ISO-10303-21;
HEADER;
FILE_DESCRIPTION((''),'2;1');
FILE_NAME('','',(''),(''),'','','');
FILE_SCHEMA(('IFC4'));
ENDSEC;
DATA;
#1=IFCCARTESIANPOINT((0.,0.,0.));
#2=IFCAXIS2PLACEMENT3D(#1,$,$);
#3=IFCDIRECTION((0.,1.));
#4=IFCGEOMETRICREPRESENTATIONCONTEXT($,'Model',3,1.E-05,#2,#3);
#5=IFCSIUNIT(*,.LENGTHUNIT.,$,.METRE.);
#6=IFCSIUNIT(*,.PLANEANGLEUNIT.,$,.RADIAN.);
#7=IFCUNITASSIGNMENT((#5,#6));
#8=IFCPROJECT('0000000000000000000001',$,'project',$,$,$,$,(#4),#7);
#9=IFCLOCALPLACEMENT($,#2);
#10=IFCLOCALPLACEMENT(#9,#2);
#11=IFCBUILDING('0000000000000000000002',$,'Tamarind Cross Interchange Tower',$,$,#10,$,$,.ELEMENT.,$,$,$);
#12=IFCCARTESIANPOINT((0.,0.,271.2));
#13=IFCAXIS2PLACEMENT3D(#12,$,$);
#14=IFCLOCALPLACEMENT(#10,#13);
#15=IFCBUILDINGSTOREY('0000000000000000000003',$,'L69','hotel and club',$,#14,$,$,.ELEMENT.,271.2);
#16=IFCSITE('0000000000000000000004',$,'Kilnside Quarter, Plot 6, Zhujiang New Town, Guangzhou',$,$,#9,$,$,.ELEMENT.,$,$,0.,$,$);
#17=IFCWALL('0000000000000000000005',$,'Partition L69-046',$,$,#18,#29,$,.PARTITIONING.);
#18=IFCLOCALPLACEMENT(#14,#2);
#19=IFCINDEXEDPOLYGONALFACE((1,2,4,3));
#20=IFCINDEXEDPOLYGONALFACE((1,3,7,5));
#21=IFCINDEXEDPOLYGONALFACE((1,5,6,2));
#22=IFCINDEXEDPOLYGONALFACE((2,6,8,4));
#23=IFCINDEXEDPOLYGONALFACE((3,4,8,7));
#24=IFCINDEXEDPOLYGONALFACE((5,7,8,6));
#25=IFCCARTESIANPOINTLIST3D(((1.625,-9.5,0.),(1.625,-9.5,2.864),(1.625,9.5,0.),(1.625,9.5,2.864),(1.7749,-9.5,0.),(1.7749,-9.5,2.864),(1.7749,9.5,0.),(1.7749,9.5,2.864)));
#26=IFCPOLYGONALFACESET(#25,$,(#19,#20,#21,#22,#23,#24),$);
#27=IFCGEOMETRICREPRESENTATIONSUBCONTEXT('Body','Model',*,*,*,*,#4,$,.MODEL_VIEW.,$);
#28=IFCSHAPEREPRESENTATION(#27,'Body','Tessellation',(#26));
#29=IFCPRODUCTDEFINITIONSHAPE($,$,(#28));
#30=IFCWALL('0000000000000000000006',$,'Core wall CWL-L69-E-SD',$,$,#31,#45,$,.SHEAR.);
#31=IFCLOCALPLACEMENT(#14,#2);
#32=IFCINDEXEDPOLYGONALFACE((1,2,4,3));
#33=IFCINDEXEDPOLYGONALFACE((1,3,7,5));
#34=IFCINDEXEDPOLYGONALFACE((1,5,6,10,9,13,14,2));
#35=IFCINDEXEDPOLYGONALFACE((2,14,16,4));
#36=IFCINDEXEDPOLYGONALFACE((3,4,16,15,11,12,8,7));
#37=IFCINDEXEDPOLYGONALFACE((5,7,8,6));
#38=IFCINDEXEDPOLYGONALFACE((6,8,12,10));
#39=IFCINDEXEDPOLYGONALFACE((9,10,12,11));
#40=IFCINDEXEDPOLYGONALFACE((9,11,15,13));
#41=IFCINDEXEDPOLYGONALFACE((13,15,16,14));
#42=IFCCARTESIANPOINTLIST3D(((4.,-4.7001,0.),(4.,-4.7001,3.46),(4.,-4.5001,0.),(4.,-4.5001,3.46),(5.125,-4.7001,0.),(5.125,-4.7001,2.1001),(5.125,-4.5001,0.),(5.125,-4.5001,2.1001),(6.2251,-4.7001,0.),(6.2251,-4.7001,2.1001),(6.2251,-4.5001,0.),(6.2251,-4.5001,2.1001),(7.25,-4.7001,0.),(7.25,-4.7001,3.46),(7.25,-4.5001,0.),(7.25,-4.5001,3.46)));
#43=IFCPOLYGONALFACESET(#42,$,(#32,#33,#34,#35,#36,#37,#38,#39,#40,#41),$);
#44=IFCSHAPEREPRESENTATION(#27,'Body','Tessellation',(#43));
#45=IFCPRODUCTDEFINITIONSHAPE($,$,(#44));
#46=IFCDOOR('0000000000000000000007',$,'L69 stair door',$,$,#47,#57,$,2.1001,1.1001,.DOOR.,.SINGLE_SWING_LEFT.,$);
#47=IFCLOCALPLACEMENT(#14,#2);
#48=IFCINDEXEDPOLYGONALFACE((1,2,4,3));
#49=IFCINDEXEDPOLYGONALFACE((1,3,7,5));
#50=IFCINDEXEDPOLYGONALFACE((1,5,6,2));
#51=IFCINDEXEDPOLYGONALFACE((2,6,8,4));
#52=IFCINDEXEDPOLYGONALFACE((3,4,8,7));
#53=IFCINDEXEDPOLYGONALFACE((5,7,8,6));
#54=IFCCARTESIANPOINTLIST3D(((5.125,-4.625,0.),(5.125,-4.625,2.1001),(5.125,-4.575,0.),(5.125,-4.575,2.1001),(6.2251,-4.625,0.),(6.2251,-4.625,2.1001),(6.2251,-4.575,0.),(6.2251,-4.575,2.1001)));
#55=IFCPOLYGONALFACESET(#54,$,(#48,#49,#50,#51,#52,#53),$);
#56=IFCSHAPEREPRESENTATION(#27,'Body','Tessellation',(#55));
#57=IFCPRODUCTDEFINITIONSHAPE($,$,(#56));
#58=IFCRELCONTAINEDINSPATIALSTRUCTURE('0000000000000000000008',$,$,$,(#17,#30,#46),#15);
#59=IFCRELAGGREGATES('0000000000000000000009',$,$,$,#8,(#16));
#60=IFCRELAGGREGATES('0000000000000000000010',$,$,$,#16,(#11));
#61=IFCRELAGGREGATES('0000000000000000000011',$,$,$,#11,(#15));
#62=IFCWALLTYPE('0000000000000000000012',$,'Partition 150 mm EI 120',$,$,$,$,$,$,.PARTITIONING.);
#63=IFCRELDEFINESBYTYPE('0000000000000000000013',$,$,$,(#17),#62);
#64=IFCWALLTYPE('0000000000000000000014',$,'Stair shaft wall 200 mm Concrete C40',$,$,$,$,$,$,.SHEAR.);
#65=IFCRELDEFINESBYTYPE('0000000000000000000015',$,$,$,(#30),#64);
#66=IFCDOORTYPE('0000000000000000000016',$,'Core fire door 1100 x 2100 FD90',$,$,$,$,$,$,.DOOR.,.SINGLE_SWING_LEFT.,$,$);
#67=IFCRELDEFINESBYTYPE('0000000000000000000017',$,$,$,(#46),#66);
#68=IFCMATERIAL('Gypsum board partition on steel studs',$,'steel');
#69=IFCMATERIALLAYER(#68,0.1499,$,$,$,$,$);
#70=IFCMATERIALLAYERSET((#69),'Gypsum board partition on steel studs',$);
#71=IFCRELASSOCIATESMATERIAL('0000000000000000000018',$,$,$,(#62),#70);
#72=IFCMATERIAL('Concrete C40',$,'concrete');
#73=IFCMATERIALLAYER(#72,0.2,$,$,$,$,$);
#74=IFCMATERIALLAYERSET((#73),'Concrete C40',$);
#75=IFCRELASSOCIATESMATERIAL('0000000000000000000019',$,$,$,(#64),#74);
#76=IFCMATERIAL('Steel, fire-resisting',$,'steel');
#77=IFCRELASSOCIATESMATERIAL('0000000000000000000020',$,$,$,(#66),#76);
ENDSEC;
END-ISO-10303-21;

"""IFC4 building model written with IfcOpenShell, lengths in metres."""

from ifc_helpers import new_model, si_unit, direction, frame, frame_2d, origin, place, context, subcontext, project, spatial, rectangle, extrude, material, layer, layer_set, type_object, element, fill, save


model = new_model("IFC4")

# Units and contexts
model_context = context("Model", 3, precision=1e-05, world=origin(), true_north=direction((0.0, 1.0)))
body_context = subcontext(model_context, "Body", "Model", "MODEL_VIEW")
ifc_project = project(units=[si_unit("LENGTHUNIT", "METRE"), si_unit("PLANEANGLEUNIT", "RADIAN")], contexts=[model_context])

# Site, building, storey
site_placement = place(None, origin())
site = spatial("IfcSite", under=ifc_project, at=site_placement, Name="Kilnside Quarter, Plot 6, Zhujiang New Town, Guangzhou", CompositionType="ELEMENT", RefElevation=0.0)
building_placement = place(site_placement, origin())
building = spatial("IfcBuilding", under=site, at=building_placement, Name="Tamarind Cross Interchange Tower", CompositionType="ELEMENT")
storey_placement = place(building_placement, frame((0.0, 0.0, 271.2)))
storey = spatial("IfcBuildingStorey", under=building, at=storey_placement, Name="L69", Description="hotel and club", CompositionType="ELEMENT", Elevation=271.2)

# Shared definitions
ifc_material_1 = material(Name="Steel, fire-resisting", Category="steel")

# Wall
ifc_material_2 = material(Name="Gypsum board partition on steel studs", Category="steel")
ifc_layer_1 = layer(ifc_material_2, 0.1499)
ifc_layer_set_1 = layer_set([ifc_layer_1], Name="Gypsum board partition on steel studs")
wall_type_1 = type_object("IfcWallType", Name="Partition 150 mm EI 120", PredefinedType="PARTITIONING", material=ifc_layer_set_1)
wall_1_placement = place(storey_placement, frame((1.7, -9.5, 0.0), z_axis=(0.0, 0.0, 1.0), x_axis=(0.0, 1.0, 0.0)))
element("IfcWall", 1, at=wall_1_placement, inside=storey, type_object=wall_type_1, Name="Partition L69-046", PredefinedType="PARTITIONING", context=body_context, shape_type="SweptSolid", body=[
    extrude(rectangle(XDim=19.0, YDim=0.1499, at=frame_2d((9.5, 0.0))), origin(), (0.0, 0.0, 1.0), 2.864),
])

# Wall, opening, door
ifc_material_3 = material(Name="Concrete C40", Category="concrete")
ifc_layer_2 = layer(ifc_material_3, 0.2)
ifc_layer_set_2 = layer_set([ifc_layer_2], Name="Concrete C40")
wall_type_2 = type_object("IfcWallType", Name="Stair shaft wall 200 mm Concrete C40", PredefinedType="SHEAR", material=ifc_layer_set_2)
wall_2_placement = place(storey_placement, frame((7.25, -4.6001, 0.0), z_axis=(0.0, 0.0, 1.0), x_axis=(-1.0, 0.0, 0.0)))
wall_2 = element("IfcWall", 2, at=wall_2_placement, inside=storey, type_object=wall_type_2, Name="Core wall CWL-L69-E-SD", PredefinedType="SHEAR", context=body_context, shape_type="SweptSolid", body=[
    extrude(rectangle(XDim=3.25, YDim=0.2, at=frame_2d((1.625, 0.0))), origin(), (0.0, 0.0, 1.0), 3.46),
])
opening_1_placement = place(wall_2_placement, frame((1.0249, 0.0, 0.0)))
opening_1 = element("IfcOpeningElement", 3, at=opening_1_placement, cuts=wall_2, PredefinedType="OPENING", context=body_context, shape_type="SweptSolid", body=[
    extrude(rectangle(XDim=1.1001, YDim=2.1001, at=frame_2d((0.55, 1.05))), frame((0.0, 0.1099, 0.0), z_axis=(0.0, -1.0, 0.0), x_axis=(1.0, 0.0, 0.0)), (0.0, 0.0, 1.0), 0.22),
])
door_type_1 = type_object("IfcDoorType", Name="Core fire door 1100 x 2100 FD90", OperationType="SINGLE_SWING_LEFT", PredefinedType="DOOR", material=ifc_material_1)
door_1_placement = place(opening_1_placement, origin())
door_1 = element("IfcDoor", 4, at=door_1_placement, inside=storey, type_object=door_type_1, Name="L69 stair door", OperationType="SINGLE_SWING_LEFT", OverallHeight=2.1001, OverallWidth=1.1001, PredefinedType="DOOR", context=body_context, shape_type="SweptSolid", body=[
    extrude(rectangle(XDim=1.1001, YDim=2.1001, at=frame_2d((0.55, 1.05))), frame((0.0, 0.0249, 0.0), z_axis=(0.0, -1.0, 0.0), x_axis=(1.0, 0.0, 0.0)), (0.0, 0.0, 1.0), 0.05),
])
fill(opening_1, door_1)

save(model, "model.ifc")
